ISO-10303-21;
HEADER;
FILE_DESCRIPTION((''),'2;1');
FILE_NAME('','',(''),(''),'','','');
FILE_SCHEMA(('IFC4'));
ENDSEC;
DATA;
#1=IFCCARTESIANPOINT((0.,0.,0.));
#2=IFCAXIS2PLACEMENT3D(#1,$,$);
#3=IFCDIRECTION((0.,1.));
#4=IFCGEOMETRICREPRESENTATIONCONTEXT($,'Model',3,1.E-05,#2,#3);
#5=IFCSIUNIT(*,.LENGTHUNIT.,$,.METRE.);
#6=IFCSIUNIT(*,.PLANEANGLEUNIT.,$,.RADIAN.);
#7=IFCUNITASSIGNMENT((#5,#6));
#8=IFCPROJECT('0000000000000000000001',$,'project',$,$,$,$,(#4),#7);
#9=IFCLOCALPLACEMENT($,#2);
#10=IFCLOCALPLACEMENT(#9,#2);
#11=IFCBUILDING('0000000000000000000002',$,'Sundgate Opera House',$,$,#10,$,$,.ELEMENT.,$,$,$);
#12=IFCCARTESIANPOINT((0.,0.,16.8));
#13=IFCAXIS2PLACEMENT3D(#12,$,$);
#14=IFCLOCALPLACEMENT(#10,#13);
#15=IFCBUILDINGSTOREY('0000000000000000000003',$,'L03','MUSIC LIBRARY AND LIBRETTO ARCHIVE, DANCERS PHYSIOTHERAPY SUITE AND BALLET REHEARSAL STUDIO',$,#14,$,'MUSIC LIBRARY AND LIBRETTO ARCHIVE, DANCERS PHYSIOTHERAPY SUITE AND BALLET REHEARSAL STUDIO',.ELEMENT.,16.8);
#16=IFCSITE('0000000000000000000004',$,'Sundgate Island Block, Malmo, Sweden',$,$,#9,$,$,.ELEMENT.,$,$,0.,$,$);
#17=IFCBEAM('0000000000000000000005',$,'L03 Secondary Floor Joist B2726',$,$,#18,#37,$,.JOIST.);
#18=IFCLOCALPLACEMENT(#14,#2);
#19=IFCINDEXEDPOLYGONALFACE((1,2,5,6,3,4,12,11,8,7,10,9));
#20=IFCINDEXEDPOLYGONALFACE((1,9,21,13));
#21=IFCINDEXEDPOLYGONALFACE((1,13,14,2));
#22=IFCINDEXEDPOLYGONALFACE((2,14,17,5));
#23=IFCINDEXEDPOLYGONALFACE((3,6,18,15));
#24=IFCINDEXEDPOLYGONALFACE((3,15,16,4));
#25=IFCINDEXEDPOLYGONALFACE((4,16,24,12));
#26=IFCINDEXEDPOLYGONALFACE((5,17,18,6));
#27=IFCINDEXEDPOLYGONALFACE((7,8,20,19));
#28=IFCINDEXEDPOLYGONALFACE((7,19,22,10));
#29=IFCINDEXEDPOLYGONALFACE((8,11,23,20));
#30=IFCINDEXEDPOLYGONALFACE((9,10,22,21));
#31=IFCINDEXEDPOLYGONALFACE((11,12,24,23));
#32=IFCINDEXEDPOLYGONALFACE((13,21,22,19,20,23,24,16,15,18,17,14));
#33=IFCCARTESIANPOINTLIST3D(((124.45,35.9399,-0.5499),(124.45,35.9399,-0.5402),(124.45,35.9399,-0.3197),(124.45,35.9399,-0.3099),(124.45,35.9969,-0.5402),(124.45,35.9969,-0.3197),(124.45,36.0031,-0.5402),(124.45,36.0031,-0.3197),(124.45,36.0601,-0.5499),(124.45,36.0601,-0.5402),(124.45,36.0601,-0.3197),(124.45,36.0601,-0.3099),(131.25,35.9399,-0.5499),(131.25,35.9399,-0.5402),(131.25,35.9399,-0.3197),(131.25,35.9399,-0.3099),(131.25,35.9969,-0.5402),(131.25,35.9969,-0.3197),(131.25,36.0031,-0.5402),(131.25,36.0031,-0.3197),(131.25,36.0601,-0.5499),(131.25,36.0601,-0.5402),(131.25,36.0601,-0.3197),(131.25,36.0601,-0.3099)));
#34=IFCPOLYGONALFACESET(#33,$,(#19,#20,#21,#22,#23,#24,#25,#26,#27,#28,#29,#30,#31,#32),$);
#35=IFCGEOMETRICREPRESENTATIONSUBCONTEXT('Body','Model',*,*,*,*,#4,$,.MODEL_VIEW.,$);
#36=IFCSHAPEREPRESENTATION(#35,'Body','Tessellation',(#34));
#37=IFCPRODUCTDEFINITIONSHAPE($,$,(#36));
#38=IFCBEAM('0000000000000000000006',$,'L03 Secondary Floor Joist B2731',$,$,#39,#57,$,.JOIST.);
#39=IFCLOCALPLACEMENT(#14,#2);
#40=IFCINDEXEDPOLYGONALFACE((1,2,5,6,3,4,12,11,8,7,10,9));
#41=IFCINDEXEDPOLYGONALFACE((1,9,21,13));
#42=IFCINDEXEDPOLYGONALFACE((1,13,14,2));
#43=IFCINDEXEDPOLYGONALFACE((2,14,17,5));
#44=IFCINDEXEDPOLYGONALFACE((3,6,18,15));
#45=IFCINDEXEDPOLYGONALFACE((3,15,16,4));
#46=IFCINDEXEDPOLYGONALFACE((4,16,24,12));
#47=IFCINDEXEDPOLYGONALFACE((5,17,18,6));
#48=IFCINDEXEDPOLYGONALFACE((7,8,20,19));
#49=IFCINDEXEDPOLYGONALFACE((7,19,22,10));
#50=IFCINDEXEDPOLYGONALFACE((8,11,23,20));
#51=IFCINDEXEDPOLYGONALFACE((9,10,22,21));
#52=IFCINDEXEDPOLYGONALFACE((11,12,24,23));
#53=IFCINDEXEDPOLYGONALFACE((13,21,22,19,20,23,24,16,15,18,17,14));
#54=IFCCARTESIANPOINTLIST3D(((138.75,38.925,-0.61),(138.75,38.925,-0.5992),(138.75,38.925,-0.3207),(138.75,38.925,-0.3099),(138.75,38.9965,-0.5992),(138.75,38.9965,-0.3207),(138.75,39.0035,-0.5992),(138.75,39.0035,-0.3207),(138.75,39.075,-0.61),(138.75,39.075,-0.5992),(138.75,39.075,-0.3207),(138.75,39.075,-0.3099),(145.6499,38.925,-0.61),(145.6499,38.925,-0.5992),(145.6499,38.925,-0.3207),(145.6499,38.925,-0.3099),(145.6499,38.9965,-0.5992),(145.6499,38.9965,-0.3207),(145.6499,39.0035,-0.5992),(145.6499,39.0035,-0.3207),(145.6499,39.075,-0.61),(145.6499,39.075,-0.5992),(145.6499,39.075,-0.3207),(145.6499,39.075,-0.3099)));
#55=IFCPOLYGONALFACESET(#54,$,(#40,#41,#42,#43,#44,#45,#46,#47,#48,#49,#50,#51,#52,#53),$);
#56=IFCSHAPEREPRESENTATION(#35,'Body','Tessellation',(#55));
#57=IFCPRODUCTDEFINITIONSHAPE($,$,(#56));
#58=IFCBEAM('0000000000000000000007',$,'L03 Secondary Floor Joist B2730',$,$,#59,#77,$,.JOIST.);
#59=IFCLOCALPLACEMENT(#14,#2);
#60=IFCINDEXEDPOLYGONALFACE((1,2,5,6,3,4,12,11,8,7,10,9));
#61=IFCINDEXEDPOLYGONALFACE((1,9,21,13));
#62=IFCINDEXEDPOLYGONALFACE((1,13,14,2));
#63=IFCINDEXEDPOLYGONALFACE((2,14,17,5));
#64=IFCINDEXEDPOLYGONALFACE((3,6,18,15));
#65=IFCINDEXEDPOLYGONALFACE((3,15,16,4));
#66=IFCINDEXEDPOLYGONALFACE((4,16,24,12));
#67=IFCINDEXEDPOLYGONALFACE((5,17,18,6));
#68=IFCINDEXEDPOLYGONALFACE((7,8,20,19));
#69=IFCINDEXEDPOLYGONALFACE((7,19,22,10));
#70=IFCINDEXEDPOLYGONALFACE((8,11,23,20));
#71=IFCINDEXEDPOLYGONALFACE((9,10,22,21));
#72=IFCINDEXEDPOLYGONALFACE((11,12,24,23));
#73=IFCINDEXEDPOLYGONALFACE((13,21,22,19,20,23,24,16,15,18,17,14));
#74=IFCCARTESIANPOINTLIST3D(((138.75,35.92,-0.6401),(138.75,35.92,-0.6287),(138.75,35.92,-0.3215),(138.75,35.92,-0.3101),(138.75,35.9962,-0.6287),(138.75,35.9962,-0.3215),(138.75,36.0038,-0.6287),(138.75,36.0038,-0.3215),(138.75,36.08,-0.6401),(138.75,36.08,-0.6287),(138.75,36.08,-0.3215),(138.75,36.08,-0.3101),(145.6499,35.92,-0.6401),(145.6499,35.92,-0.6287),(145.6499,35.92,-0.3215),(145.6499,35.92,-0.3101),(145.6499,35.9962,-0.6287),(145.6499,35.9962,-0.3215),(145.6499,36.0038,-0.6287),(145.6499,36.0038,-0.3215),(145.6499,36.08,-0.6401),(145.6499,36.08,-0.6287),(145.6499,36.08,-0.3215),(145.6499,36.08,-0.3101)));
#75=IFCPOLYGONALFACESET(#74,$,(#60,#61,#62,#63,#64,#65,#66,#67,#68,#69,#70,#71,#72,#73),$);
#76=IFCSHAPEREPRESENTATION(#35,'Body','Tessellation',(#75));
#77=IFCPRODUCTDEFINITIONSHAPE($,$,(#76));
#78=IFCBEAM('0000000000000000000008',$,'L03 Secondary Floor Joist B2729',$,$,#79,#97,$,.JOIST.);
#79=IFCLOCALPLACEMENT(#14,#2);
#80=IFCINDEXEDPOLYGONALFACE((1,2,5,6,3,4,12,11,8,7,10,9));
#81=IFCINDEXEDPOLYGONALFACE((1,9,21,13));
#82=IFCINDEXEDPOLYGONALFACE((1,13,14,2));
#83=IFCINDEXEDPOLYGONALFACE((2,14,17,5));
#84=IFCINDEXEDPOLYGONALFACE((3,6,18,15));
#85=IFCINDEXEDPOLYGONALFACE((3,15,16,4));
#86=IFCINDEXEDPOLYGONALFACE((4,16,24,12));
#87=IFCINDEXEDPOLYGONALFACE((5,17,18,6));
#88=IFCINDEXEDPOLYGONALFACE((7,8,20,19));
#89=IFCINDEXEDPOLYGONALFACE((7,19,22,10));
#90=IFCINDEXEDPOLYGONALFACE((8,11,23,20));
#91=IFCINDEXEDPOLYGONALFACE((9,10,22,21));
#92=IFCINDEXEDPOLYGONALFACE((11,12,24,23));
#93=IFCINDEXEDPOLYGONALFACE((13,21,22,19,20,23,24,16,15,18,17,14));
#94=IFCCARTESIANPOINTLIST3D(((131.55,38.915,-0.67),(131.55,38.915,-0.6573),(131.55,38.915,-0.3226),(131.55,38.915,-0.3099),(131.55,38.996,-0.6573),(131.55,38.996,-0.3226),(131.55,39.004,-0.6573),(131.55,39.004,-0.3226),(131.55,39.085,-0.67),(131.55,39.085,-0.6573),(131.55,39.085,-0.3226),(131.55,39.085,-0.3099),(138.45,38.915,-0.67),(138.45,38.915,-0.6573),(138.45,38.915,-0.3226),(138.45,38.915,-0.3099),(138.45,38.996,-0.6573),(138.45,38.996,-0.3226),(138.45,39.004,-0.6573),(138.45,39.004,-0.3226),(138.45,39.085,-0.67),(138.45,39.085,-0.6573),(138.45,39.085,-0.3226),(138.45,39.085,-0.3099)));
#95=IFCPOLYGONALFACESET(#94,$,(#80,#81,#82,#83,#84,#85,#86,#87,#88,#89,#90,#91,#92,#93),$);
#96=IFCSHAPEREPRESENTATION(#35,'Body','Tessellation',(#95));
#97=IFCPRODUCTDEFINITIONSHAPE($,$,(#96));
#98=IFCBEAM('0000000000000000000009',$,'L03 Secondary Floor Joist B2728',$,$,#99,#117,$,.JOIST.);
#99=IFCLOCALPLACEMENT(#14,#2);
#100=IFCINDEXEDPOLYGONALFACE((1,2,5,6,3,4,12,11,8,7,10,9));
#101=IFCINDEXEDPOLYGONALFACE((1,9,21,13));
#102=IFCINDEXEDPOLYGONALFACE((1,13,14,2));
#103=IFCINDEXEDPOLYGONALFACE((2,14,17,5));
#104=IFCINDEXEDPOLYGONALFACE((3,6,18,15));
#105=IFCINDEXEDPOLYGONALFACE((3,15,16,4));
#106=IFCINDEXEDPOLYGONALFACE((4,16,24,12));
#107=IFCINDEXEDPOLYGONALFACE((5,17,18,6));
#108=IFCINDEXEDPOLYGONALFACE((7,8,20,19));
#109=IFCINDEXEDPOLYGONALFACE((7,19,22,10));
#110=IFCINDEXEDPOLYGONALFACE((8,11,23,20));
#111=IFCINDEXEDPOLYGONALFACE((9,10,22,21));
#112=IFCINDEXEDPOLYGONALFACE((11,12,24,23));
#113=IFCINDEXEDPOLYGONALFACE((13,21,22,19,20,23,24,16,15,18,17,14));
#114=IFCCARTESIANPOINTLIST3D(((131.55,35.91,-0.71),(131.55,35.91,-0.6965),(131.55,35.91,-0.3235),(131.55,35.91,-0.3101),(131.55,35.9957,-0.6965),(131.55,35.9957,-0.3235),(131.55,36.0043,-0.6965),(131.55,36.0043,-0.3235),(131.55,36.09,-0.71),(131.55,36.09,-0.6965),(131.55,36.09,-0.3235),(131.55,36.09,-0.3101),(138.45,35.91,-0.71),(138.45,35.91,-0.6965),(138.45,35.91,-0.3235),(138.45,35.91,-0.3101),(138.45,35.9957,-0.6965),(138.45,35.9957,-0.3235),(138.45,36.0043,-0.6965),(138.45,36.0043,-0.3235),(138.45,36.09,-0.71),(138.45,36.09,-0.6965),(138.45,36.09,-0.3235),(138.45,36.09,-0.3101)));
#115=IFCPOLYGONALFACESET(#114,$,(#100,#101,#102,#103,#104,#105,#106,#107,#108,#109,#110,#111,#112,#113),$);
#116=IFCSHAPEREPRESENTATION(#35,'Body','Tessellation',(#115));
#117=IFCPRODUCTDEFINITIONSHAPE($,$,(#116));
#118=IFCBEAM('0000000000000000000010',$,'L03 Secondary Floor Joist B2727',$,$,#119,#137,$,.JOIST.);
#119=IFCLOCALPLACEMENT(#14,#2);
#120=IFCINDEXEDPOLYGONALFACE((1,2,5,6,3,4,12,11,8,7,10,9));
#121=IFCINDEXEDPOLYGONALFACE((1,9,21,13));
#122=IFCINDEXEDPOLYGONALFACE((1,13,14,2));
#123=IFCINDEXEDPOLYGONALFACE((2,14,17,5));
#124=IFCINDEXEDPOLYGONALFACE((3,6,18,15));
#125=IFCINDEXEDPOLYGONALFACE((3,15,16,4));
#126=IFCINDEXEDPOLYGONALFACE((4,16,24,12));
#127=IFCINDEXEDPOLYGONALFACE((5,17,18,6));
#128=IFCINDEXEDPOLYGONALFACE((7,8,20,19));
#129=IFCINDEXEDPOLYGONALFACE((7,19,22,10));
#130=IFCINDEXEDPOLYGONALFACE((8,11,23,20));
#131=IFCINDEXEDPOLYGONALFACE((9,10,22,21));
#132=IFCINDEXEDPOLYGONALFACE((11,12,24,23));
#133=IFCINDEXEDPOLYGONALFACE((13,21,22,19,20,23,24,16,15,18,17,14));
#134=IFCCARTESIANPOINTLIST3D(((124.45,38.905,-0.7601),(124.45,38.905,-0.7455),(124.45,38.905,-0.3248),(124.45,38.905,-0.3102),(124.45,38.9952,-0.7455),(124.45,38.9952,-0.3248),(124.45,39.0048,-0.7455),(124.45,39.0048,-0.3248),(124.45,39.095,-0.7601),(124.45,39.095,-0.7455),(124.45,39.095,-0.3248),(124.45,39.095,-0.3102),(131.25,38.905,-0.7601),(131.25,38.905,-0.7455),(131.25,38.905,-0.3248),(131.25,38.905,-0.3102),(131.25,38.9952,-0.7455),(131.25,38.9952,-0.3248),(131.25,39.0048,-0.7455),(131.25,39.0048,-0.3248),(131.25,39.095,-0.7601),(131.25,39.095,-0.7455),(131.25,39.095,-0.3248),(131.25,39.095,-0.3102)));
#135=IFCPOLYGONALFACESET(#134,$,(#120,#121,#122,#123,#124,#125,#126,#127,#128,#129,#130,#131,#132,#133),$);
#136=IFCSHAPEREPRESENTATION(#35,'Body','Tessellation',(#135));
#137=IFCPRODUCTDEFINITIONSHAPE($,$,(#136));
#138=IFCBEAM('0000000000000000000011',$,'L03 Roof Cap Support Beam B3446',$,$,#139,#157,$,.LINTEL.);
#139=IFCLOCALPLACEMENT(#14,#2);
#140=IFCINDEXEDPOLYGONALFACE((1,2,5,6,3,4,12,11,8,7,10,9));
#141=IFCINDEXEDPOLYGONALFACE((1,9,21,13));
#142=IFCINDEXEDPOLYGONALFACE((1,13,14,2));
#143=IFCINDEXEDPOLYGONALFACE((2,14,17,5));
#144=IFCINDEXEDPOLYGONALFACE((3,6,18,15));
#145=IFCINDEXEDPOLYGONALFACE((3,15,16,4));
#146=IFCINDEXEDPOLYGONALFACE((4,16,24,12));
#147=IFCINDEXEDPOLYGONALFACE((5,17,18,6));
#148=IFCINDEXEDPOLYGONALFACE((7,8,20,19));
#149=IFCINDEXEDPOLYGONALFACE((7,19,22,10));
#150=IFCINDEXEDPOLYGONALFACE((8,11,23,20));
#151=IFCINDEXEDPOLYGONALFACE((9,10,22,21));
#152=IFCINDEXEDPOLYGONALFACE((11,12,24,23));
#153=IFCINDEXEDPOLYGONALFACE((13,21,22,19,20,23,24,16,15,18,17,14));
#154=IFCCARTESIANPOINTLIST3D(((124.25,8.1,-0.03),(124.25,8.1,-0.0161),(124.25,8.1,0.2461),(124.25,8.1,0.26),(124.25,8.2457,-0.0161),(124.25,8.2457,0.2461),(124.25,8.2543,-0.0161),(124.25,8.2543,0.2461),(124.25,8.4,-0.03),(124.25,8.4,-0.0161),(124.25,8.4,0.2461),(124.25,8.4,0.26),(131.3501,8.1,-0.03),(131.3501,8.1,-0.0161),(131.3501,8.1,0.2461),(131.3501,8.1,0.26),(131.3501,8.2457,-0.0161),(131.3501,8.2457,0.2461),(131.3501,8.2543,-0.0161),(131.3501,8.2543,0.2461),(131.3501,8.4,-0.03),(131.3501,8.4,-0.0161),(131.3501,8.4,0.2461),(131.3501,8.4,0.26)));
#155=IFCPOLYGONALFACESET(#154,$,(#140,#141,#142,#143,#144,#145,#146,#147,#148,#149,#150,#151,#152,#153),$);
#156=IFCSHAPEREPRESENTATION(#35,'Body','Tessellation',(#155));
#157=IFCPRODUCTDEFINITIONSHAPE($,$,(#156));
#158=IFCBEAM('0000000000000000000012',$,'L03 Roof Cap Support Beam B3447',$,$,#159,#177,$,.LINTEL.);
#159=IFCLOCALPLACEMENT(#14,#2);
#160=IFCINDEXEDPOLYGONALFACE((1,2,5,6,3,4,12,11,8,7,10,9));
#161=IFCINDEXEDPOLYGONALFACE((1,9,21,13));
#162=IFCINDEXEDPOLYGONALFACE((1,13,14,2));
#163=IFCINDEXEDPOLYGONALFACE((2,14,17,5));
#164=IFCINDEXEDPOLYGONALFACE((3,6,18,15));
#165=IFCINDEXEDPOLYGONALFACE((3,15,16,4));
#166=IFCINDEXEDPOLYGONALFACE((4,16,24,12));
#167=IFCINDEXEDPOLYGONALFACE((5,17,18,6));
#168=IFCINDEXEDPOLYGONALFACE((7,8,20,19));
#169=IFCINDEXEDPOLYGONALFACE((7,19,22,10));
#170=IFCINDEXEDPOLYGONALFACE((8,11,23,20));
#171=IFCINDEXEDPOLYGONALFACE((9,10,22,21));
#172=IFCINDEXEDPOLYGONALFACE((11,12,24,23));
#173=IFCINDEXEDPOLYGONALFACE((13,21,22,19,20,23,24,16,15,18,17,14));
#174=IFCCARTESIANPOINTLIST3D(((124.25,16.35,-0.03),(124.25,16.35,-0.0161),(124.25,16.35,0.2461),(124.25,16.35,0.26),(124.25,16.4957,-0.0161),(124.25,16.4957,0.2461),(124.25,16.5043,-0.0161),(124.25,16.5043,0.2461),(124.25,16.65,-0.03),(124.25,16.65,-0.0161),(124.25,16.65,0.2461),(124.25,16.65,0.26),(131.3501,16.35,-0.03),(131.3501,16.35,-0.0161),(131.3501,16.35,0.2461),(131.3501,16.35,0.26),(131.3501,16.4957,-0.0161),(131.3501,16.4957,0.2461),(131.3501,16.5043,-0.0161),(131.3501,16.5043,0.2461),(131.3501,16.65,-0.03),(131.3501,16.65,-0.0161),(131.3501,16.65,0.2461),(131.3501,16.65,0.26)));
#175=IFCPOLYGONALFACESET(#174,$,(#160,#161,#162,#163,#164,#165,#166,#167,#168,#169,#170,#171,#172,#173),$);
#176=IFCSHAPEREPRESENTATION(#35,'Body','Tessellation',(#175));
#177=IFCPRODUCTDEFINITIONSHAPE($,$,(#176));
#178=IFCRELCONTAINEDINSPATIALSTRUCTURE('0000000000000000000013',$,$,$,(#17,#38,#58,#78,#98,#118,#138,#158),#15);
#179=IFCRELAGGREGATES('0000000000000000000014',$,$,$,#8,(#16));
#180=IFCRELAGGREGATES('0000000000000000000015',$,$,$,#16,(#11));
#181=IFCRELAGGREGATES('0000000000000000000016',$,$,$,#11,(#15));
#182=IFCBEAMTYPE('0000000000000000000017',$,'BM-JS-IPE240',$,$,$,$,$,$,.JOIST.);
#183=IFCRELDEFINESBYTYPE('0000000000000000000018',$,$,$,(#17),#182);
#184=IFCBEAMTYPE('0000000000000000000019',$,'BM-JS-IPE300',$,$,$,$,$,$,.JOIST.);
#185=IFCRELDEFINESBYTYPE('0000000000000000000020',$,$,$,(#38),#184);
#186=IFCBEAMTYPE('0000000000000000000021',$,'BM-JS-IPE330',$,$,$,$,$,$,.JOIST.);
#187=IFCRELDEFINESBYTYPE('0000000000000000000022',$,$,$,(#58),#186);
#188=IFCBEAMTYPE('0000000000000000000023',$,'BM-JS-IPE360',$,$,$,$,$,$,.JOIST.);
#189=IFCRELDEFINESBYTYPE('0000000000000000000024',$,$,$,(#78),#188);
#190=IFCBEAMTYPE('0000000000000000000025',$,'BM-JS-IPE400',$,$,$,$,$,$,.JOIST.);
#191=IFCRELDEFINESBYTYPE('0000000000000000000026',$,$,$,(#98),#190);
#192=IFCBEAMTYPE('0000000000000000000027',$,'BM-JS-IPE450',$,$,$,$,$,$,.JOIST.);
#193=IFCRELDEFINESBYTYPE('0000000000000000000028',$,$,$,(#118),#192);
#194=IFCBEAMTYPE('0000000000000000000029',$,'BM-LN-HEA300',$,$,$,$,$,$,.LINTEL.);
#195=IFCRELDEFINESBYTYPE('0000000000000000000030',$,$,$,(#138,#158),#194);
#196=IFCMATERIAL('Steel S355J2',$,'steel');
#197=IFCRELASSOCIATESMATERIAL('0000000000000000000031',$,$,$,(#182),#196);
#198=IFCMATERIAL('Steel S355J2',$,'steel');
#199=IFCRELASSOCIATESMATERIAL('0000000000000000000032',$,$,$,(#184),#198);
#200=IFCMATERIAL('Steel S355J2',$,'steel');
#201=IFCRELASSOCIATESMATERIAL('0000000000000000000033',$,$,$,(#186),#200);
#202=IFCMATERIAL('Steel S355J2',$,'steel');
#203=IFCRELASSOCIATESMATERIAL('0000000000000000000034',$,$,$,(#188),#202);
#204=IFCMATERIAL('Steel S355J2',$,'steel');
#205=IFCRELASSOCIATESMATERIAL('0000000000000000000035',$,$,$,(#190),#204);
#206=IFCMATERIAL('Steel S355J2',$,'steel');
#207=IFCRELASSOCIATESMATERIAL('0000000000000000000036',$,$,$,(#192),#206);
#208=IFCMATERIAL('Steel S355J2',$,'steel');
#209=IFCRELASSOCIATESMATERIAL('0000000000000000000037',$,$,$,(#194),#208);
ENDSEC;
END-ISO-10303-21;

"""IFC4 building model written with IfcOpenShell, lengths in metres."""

from ifc_helpers import new_model, si_unit, direction, frame, origin, origin_2d, place, context, subcontext, project, spatial, i_section, extrude, material, material_profile, profile_set, type_object, element, save


model = new_model("IFC4")

# Units and contexts
model_context = context("Model", 3, precision=1e-05, world=origin(), true_north=direction((0.0, 1.0)))
body_context = subcontext(model_context, "Body", "Model", "MODEL_VIEW")
ifc_project = project(units=[si_unit("LENGTHUNIT", "METRE"), si_unit("PLANEANGLEUNIT", "RADIAN")], contexts=[model_context])

# Site, building, storey
site_placement = place(None, origin())
site = spatial("IfcSite", under=ifc_project, at=site_placement, Name="Sundgate Island Block, Malmo, Sweden", CompositionType="ELEMENT", RefElevation=0.0)
building_placement = place(site_placement, origin())
building = spatial("IfcBuilding", under=site, at=building_placement, Name="Sundgate Opera House", CompositionType="ELEMENT")
storey_placement = place(building_placement, frame((0.0, 0.0, 16.8)))
storey = spatial("IfcBuildingStorey", under=building, at=storey_placement, Name="L03", Description="MUSIC LIBRARY AND LIBRETTO ARCHIVE, DANCERS PHYSIOTHERAPY SUITE AND BALLET REHEARSAL STUDIO", LongName="MUSIC LIBRARY AND LIBRETTO ARCHIVE, DANCERS PHYSIOTHERAPY SUITE AND BALLET REHEARSAL STUDIO", CompositionType="ELEMENT", Elevation=16.8)

# Beams
ifc_material_1 = material(Name="Steel S355J2", Category="steel")
ifc_material_profile_1 = material_profile(ifc_material_1, i_section(OverallWidth=0.1201, OverallDepth=0.24, WebThickness=0.0061, FlangeThickness=0.0098, at=origin_2d()), Name="IPE 240")
ifc_profile_set_1 = profile_set([ifc_material_profile_1], Name="Steel S355J2")
beam_type_1 = type_object("IfcBeamType", Name="BM-JS-IPE240", PredefinedType="JOIST", material=ifc_profile_set_1)
beam_1_placement = place(storey_placement, frame((124.45, 36.0, -0.4299), z_axis=(1.0, 0.0, 0.0), x_axis=(0.0, 1.0, 0.0)))
element("IfcBeam", 1, at=beam_1_placement, inside=storey, type_object=beam_type_1, Name="L03 Secondary Floor Joist B2726", PredefinedType="JOIST", context=body_context, shape_type="SweptSolid", body=[
    extrude(i_section(OverallWidth=0.1201, OverallDepth=0.24, WebThickness=0.0061, FlangeThickness=0.0098, at=origin_2d()), origin(), (0.0, 0.0, 1.0), 6.8),
])
ifc_material_2 = material(Name="Steel S355J2", Category="steel")
ifc_material_profile_2 = material_profile(ifc_material_2, i_section(OverallWidth=0.1499, OverallDepth=0.3, WebThickness=0.0071, FlangeThickness=0.0107, at=origin_2d()), Name="IPE 300")
ifc_profile_set_2 = profile_set([ifc_material_profile_2], Name="Steel S355J2")
beam_type_2 = type_object("IfcBeamType", Name="BM-JS-IPE300", PredefinedType="JOIST", material=ifc_profile_set_2)
beam_2_placement = place(storey_placement, frame((138.75, 39.0, -0.46), z_axis=(1.0, 0.0, 0.0), x_axis=(0.0, 1.0, 0.0)))
element("IfcBeam", 2, at=beam_2_placement, inside=storey, type_object=beam_type_2, Name="L03 Secondary Floor Joist B2731", PredefinedType="JOIST", context=body_context, shape_type="SweptSolid", body=[
    extrude(i_section(OverallWidth=0.1499, OverallDepth=0.3, WebThickness=0.0071, FlangeThickness=0.0107, at=origin_2d()), origin(), (0.0, 0.0, 1.0), 6.8999),
])
ifc_material_3 = material(Name="Steel S355J2", Category="steel")
ifc_material_profile_3 = material_profile(ifc_material_3, i_section(OverallWidth=0.1599, OverallDepth=0.3301, WebThickness=0.0076, FlangeThickness=0.0115, at=origin_2d()), Name="IPE 330")
ifc_profile_set_3 = profile_set([ifc_material_profile_3], Name="Steel S355J2")
beam_type_3 = type_object("IfcBeamType", Name="BM-JS-IPE330", PredefinedType="JOIST", material=ifc_profile_set_3)
beam_3_placement = place(storey_placement, frame((138.75, 36.0, -0.4751), z_axis=(1.0, 0.0, 0.0), x_axis=(0.0, 1.0, 0.0)))
element("IfcBeam", 3, at=beam_3_placement, inside=storey, type_object=beam_type_3, Name="L03 Secondary Floor Joist B2730", PredefinedType="JOIST", context=body_context, shape_type="SweptSolid", body=[
    extrude(i_section(OverallWidth=0.1599, OverallDepth=0.3301, WebThickness=0.0076, FlangeThickness=0.0115, at=origin_2d()), origin(), (0.0, 0.0, 1.0), 6.8999),
])
ifc_material_4 = material(Name="Steel S355J2", Category="steel")
ifc_material_profile_4 = material_profile(ifc_material_4, i_section(OverallWidth=0.1699, OverallDepth=0.3601, WebThickness=0.0081, FlangeThickness=0.0127, at=origin_2d()), Name="IPE 360")
ifc_profile_set_4 = profile_set([ifc_material_profile_4], Name="Steel S355J2")
beam_type_4 = type_object("IfcBeamType", Name="BM-JS-IPE360", PredefinedType="JOIST", material=ifc_profile_set_4)
beam_4_placement = place(storey_placement, frame((131.55, 39.0, -0.49), z_axis=(1.0, 0.0, 0.0), x_axis=(0.0, 1.0, 0.0)))
element("IfcBeam", 4, at=beam_4_placement, inside=storey, type_object=beam_type_4, Name="L03 Secondary Floor Joist B2729", PredefinedType="JOIST", context=body_context, shape_type="SweptSolid", body=[
    extrude(i_section(OverallWidth=0.1699, OverallDepth=0.3601, WebThickness=0.0081, FlangeThickness=0.0127, at=origin_2d()), origin(), (0.0, 0.0, 1.0), 6.8999),
])
ifc_material_5 = material(Name="Steel S355J2", Category="steel")
ifc_material_profile_5 = material_profile(ifc_material_5, i_section(OverallWidth=0.1799, OverallDepth=0.3999, WebThickness=0.0085, FlangeThickness=0.0134, at=origin_2d()), Name="IPE 400")
ifc_profile_set_5 = profile_set([ifc_material_profile_5], Name="Steel S355J2")
beam_type_5 = type_object("IfcBeamType", Name="BM-JS-IPE400", PredefinedType="JOIST", material=ifc_profile_set_5)
beam_5_placement = place(storey_placement, frame((131.55, 36.0, -0.51), z_axis=(1.0, 0.0, 0.0), x_axis=(0.0, 1.0, 0.0)))
element("IfcBeam", 5, at=beam_5_placement, inside=storey, type_object=beam_type_5, Name="L03 Secondary Floor Joist B2728", PredefinedType="JOIST", context=body_context, shape_type="SweptSolid", body=[
    extrude(i_section(OverallWidth=0.1799, OverallDepth=0.3999, WebThickness=0.0085, FlangeThickness=0.0134, at=origin_2d()), origin(), (0.0, 0.0, 1.0), 6.8999),
])
ifc_material_6 = material(Name="Steel S355J2", Category="steel")
ifc_material_profile_6 = material_profile(ifc_material_6, i_section(OverallWidth=0.1899, OverallDepth=0.45, WebThickness=0.0095, FlangeThickness=0.0146, at=origin_2d()), Name="IPE 450")
ifc_profile_set_6 = profile_set([ifc_material_profile_6], Name="Steel S355J2")
beam_type_6 = type_object("IfcBeamType", Name="BM-JS-IPE450", PredefinedType="JOIST", material=ifc_profile_set_6)
beam_6_placement = place(storey_placement, frame((124.45, 39.0, -0.5352), z_axis=(1.0, 0.0, 0.0), x_axis=(0.0, 1.0, 0.0)))
element("IfcBeam", 6, at=beam_6_placement, inside=storey, type_object=beam_type_6, Name="L03 Secondary Floor Joist B2727", PredefinedType="JOIST", context=body_context, shape_type="SweptSolid", body=[
    extrude(i_section(OverallWidth=0.1899, OverallDepth=0.45, WebThickness=0.0095, FlangeThickness=0.0146, at=origin_2d()), origin(), (0.0, 0.0, 1.0), 6.8),
])
ifc_material_7 = material(Name="Steel S355J2", Category="steel")
ifc_material_profile_7 = material_profile(ifc_material_7, i_section(OverallWidth=0.3, OverallDepth=0.29, WebThickness=0.0085, FlangeThickness=0.0139, at=origin_2d()), Name="HEA 300")
ifc_profile_set_7 = profile_set([ifc_material_profile_7], Name="Steel S355J2")
beam_type_7 = type_object("IfcBeamType", Name="BM-LN-HEA300", PredefinedType="LINTEL", material=ifc_profile_set_7)
for number, where, z_axis, x_axis, name in (
    (7, (124.25, 8.25, 0.115), (1.0, 0.0, 0.0), (0.0, 1.0, 0.0), "L03 Roof Cap Support Beam B3446"),
    (8, (124.25, 16.5, 0.115), (1.0, 0.0, 0.0), (0.0, 1.0, 0.0), "L03 Roof Cap Support Beam B3447"),
):
    element("IfcBeam", number, at=place(storey_placement, frame(where, z_axis=z_axis, x_axis=x_axis)), inside=storey, type_object=beam_type_7, Name=name, PredefinedType="LINTEL", context=body_context, shape_type="SweptSolid", body=[
        extrude(i_section(OverallWidth=0.3, OverallDepth=0.29, WebThickness=0.0085, FlangeThickness=0.0139, at=origin_2d()), origin(), (0.0, 0.0, 1.0), 7.1001),
    ])

save(model, "model.ifc")
